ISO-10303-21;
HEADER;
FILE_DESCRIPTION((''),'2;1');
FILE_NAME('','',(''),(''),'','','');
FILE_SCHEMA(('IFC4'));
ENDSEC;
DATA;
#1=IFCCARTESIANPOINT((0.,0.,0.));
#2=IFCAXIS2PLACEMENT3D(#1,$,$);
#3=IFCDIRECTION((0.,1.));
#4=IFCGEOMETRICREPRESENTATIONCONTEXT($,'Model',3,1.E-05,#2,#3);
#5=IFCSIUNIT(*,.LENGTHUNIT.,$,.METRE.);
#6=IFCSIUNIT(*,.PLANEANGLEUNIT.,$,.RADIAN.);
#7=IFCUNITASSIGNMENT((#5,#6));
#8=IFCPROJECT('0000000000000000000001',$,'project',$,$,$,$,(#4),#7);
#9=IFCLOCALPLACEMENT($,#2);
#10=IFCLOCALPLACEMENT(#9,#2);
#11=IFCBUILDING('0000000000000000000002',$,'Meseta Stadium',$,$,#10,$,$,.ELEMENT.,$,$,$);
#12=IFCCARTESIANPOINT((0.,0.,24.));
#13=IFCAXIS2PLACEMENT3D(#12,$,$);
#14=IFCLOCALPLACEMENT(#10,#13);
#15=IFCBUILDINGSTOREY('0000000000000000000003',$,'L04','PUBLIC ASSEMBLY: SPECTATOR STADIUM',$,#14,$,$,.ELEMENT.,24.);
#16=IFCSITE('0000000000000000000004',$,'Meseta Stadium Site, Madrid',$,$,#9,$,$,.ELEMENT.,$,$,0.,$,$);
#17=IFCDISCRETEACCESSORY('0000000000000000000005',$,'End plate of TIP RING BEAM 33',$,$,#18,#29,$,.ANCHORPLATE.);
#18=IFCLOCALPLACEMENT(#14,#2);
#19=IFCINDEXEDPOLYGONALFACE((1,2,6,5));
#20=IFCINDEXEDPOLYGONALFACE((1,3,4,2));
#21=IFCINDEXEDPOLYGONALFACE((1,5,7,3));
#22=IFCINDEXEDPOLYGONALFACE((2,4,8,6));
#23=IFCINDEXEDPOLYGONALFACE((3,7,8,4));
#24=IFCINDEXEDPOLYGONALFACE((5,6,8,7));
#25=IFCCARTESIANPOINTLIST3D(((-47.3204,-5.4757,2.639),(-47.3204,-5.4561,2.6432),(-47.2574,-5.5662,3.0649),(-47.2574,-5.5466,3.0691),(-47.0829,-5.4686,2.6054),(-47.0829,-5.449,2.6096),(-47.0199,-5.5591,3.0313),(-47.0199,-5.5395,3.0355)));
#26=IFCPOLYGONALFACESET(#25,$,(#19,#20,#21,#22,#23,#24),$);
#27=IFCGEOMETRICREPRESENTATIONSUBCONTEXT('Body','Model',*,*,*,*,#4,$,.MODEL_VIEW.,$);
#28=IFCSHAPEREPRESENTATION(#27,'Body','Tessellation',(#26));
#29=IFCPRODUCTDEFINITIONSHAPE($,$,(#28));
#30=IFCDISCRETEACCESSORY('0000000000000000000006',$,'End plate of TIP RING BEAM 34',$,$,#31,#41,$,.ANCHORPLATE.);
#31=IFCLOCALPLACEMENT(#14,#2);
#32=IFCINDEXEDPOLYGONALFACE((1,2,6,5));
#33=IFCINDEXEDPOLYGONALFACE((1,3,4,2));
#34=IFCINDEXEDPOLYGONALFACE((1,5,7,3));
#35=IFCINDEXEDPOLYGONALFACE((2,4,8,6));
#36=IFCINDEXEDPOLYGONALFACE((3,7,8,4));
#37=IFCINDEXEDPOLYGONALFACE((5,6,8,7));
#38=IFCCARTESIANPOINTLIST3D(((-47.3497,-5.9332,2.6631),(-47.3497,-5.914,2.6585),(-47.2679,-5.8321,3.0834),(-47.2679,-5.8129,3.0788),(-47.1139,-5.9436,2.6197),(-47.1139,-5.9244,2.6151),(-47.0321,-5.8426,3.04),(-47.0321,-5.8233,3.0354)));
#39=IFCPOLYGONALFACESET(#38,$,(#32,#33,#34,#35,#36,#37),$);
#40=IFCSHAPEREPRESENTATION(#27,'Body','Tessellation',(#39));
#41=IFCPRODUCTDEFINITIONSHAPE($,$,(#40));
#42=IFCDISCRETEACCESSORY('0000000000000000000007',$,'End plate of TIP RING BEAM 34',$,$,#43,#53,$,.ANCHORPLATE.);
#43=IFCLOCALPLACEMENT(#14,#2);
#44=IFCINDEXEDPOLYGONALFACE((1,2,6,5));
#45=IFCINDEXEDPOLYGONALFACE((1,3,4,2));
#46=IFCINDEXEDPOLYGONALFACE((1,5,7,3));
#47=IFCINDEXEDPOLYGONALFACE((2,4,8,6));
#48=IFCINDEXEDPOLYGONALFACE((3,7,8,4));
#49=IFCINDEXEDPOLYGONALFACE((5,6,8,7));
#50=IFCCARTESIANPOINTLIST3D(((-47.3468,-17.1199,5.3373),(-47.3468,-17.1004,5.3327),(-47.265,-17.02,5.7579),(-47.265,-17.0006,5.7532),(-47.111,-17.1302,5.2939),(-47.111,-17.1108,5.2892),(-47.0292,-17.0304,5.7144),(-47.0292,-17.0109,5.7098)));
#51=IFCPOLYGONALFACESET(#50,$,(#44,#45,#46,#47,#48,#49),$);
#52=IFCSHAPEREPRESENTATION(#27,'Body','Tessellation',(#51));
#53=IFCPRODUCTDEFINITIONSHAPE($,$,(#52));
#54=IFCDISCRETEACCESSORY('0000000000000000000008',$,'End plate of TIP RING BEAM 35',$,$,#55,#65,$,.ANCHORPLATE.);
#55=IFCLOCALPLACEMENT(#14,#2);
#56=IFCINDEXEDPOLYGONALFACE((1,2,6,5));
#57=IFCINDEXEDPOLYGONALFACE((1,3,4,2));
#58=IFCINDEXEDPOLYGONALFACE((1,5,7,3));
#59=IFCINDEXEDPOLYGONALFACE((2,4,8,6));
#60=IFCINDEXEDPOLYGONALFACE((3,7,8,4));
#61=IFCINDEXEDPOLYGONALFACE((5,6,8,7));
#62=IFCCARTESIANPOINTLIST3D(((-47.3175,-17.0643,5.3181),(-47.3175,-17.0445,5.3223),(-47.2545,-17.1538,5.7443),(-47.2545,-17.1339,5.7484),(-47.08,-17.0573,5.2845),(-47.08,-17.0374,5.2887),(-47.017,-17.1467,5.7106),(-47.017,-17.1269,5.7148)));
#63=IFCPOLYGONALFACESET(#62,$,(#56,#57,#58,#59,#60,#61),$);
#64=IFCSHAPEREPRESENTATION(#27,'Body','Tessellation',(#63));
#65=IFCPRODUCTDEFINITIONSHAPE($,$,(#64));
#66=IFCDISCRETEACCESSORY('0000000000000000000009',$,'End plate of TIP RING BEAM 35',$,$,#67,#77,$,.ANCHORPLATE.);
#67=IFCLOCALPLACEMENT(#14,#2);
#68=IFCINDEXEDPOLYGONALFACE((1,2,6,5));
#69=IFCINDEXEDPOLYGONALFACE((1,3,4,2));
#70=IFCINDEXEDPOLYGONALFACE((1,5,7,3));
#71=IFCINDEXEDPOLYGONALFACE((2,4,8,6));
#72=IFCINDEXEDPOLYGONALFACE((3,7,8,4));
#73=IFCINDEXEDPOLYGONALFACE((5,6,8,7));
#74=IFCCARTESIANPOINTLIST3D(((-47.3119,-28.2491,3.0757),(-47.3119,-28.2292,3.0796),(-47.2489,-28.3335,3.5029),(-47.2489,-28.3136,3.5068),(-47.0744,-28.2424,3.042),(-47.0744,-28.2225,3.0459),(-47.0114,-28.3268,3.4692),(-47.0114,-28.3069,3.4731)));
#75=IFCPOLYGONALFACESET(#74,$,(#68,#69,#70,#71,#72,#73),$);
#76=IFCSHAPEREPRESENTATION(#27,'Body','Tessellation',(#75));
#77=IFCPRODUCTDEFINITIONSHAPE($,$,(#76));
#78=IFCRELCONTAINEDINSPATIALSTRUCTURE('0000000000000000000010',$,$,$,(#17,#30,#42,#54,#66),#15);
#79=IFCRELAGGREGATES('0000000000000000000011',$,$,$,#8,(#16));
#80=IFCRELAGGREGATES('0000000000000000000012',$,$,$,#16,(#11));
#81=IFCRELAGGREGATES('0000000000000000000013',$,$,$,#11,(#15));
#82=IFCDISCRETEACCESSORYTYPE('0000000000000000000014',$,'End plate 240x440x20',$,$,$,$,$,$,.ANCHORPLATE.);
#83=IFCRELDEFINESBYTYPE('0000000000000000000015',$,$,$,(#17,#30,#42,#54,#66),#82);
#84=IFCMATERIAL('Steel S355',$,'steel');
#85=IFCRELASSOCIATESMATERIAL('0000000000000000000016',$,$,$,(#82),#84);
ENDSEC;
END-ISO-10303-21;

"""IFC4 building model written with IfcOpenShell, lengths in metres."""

from ifc_helpers import new_model, si_unit, direction, frame, origin, origin_2d, place, context, subcontext, project, spatial, rectangle, extrude, material, material_profile, profile_set, type_object, element, save


model = new_model("IFC4")

# Units and contexts
model_context = context("Model", 3, precision=1e-05, world=origin(), true_north=direction((0.0, 1.0)))
body_context = subcontext(model_context, "Body", "Model", "MODEL_VIEW")
ifc_project = project(units=[si_unit("LENGTHUNIT", "METRE"), si_unit("PLANEANGLEUNIT", "RADIAN")], contexts=[model_context])

# Site, building, storey
site_placement = place(None, origin())
site = spatial("IfcSite", under=ifc_project, at=site_placement, Name="Meseta Stadium Site, Madrid", CompositionType="ELEMENT", RefElevation=0.0)
building_placement = place(site_placement, origin())
building = spatial("IfcBuilding", under=site, at=building_placement, Name="Meseta Stadium", CompositionType="ELEMENT")
storey_placement = place(building_placement, frame((0.0, 0.0, 24.0)))
storey = spatial("IfcBuildingStorey", under=building, at=storey_placement, Name="L04", Description="PUBLIC ASSEMBLY: SPECTATOR STADIUM", CompositionType="ELEMENT", Elevation=24.0)

# Discrete accessories
ifc_material_1 = material(Name="Steel S355", Category="steel")
ifc_material_profile_1 = material_profile(ifc_material_1, rectangle(XDim=0.24, YDim=0.4399, at=origin_2d()), Name="PL 240x440")
ifc_profile_set_1 = profile_set([ifc_material_profile_1], Name="Steel S355")
discrete_accessory_type_1 = type_object("IfcDiscreteAccessoryType", Name="End plate 240x440x20", PredefinedType="ANCHORPLATE", material=ifc_profile_set_1)
discrete_accessory_1_placement = place(storey_placement, frame((-47.1702, -5.4978, 2.8394), z_axis=(0.0, -0.978159, -0.207859), x_axis=(0.989708, 0.029745, -0.139977)))
element("IfcDiscreteAccessory", 1, at=discrete_accessory_1_placement, inside=storey, type_object=discrete_accessory_type_1, Name="End plate of TIP RING BEAM 33", PredefinedType="ANCHORPLATE", context=body_context, shape_type="SweptSolid", body=[
    extrude(rectangle(XDim=0.24, YDim=0.4399, at=origin_2d()), origin(), (0.0, 0.0, 1.0), 0.02),
])
discrete_accessory_2_placement = place(storey_placement, frame((-47.1909, -5.8687, 2.8469), z_axis=(0.0, -0.972275, 0.233838), x_axis=(0.982543, -0.043502, -0.180876)))
element("IfcDiscreteAccessory", 2, at=discrete_accessory_2_placement, inside=storey, type_object=discrete_accessory_type_1, Name="End plate of TIP RING BEAM 34", PredefinedType="ANCHORPLATE", context=body_context, shape_type="SweptSolid", body=[
    extrude(rectangle(XDim=0.24, YDim=0.4399, at=origin_2d()), origin(), (0.0, 0.0, 1.0), 0.0198),
])
discrete_accessory_3_placement = place(storey_placement, frame((-47.188, -17.0557, 5.5212), z_axis=(0.0, -0.972937, 0.231072), x_axis=(0.982543, -0.042987, -0.180999)))
element("IfcDiscreteAccessory", 3, at=discrete_accessory_3_placement, inside=storey, type_object=discrete_accessory_type_1, Name="End plate of TIP RING BEAM 34", PredefinedType="ANCHORPLATE", context=body_context, shape_type="SweptSolid", body=[
    extrude(rectangle(XDim=0.24, YDim=0.4399, at=origin_2d()), origin(), (0.0, 0.0, 1.0), 0.02),
])
for number, where, z_axis, x_axis, name in (
    (4, (-47.1672, -17.0857, 5.5186), (0.0, -0.978678, -0.205402), (0.989692, 0.029416, -0.140158), "End plate of TIP RING BEAM 35"),
    (5, (-47.1616, -28.2681, 3.2764), (0.0, -0.981044, -0.193786), (0.989692, 0.027753, -0.140497), "End plate of TIP RING BEAM 35"),
):
    element("IfcDiscreteAccessory", number, at=place(storey_placement, frame(where, z_axis=z_axis, x_axis=x_axis)), inside=storey, type_object=discrete_accessory_type_1, Name=name, PredefinedType="ANCHORPLATE", context=body_context, shape_type="SweptSolid", body=[
        extrude(rectangle(XDim=0.24, YDim=0.4399, at=origin_2d()), origin(), (0.0, 0.0, 1.0), 0.0203),
    ])

save(model, "model.ifc")
